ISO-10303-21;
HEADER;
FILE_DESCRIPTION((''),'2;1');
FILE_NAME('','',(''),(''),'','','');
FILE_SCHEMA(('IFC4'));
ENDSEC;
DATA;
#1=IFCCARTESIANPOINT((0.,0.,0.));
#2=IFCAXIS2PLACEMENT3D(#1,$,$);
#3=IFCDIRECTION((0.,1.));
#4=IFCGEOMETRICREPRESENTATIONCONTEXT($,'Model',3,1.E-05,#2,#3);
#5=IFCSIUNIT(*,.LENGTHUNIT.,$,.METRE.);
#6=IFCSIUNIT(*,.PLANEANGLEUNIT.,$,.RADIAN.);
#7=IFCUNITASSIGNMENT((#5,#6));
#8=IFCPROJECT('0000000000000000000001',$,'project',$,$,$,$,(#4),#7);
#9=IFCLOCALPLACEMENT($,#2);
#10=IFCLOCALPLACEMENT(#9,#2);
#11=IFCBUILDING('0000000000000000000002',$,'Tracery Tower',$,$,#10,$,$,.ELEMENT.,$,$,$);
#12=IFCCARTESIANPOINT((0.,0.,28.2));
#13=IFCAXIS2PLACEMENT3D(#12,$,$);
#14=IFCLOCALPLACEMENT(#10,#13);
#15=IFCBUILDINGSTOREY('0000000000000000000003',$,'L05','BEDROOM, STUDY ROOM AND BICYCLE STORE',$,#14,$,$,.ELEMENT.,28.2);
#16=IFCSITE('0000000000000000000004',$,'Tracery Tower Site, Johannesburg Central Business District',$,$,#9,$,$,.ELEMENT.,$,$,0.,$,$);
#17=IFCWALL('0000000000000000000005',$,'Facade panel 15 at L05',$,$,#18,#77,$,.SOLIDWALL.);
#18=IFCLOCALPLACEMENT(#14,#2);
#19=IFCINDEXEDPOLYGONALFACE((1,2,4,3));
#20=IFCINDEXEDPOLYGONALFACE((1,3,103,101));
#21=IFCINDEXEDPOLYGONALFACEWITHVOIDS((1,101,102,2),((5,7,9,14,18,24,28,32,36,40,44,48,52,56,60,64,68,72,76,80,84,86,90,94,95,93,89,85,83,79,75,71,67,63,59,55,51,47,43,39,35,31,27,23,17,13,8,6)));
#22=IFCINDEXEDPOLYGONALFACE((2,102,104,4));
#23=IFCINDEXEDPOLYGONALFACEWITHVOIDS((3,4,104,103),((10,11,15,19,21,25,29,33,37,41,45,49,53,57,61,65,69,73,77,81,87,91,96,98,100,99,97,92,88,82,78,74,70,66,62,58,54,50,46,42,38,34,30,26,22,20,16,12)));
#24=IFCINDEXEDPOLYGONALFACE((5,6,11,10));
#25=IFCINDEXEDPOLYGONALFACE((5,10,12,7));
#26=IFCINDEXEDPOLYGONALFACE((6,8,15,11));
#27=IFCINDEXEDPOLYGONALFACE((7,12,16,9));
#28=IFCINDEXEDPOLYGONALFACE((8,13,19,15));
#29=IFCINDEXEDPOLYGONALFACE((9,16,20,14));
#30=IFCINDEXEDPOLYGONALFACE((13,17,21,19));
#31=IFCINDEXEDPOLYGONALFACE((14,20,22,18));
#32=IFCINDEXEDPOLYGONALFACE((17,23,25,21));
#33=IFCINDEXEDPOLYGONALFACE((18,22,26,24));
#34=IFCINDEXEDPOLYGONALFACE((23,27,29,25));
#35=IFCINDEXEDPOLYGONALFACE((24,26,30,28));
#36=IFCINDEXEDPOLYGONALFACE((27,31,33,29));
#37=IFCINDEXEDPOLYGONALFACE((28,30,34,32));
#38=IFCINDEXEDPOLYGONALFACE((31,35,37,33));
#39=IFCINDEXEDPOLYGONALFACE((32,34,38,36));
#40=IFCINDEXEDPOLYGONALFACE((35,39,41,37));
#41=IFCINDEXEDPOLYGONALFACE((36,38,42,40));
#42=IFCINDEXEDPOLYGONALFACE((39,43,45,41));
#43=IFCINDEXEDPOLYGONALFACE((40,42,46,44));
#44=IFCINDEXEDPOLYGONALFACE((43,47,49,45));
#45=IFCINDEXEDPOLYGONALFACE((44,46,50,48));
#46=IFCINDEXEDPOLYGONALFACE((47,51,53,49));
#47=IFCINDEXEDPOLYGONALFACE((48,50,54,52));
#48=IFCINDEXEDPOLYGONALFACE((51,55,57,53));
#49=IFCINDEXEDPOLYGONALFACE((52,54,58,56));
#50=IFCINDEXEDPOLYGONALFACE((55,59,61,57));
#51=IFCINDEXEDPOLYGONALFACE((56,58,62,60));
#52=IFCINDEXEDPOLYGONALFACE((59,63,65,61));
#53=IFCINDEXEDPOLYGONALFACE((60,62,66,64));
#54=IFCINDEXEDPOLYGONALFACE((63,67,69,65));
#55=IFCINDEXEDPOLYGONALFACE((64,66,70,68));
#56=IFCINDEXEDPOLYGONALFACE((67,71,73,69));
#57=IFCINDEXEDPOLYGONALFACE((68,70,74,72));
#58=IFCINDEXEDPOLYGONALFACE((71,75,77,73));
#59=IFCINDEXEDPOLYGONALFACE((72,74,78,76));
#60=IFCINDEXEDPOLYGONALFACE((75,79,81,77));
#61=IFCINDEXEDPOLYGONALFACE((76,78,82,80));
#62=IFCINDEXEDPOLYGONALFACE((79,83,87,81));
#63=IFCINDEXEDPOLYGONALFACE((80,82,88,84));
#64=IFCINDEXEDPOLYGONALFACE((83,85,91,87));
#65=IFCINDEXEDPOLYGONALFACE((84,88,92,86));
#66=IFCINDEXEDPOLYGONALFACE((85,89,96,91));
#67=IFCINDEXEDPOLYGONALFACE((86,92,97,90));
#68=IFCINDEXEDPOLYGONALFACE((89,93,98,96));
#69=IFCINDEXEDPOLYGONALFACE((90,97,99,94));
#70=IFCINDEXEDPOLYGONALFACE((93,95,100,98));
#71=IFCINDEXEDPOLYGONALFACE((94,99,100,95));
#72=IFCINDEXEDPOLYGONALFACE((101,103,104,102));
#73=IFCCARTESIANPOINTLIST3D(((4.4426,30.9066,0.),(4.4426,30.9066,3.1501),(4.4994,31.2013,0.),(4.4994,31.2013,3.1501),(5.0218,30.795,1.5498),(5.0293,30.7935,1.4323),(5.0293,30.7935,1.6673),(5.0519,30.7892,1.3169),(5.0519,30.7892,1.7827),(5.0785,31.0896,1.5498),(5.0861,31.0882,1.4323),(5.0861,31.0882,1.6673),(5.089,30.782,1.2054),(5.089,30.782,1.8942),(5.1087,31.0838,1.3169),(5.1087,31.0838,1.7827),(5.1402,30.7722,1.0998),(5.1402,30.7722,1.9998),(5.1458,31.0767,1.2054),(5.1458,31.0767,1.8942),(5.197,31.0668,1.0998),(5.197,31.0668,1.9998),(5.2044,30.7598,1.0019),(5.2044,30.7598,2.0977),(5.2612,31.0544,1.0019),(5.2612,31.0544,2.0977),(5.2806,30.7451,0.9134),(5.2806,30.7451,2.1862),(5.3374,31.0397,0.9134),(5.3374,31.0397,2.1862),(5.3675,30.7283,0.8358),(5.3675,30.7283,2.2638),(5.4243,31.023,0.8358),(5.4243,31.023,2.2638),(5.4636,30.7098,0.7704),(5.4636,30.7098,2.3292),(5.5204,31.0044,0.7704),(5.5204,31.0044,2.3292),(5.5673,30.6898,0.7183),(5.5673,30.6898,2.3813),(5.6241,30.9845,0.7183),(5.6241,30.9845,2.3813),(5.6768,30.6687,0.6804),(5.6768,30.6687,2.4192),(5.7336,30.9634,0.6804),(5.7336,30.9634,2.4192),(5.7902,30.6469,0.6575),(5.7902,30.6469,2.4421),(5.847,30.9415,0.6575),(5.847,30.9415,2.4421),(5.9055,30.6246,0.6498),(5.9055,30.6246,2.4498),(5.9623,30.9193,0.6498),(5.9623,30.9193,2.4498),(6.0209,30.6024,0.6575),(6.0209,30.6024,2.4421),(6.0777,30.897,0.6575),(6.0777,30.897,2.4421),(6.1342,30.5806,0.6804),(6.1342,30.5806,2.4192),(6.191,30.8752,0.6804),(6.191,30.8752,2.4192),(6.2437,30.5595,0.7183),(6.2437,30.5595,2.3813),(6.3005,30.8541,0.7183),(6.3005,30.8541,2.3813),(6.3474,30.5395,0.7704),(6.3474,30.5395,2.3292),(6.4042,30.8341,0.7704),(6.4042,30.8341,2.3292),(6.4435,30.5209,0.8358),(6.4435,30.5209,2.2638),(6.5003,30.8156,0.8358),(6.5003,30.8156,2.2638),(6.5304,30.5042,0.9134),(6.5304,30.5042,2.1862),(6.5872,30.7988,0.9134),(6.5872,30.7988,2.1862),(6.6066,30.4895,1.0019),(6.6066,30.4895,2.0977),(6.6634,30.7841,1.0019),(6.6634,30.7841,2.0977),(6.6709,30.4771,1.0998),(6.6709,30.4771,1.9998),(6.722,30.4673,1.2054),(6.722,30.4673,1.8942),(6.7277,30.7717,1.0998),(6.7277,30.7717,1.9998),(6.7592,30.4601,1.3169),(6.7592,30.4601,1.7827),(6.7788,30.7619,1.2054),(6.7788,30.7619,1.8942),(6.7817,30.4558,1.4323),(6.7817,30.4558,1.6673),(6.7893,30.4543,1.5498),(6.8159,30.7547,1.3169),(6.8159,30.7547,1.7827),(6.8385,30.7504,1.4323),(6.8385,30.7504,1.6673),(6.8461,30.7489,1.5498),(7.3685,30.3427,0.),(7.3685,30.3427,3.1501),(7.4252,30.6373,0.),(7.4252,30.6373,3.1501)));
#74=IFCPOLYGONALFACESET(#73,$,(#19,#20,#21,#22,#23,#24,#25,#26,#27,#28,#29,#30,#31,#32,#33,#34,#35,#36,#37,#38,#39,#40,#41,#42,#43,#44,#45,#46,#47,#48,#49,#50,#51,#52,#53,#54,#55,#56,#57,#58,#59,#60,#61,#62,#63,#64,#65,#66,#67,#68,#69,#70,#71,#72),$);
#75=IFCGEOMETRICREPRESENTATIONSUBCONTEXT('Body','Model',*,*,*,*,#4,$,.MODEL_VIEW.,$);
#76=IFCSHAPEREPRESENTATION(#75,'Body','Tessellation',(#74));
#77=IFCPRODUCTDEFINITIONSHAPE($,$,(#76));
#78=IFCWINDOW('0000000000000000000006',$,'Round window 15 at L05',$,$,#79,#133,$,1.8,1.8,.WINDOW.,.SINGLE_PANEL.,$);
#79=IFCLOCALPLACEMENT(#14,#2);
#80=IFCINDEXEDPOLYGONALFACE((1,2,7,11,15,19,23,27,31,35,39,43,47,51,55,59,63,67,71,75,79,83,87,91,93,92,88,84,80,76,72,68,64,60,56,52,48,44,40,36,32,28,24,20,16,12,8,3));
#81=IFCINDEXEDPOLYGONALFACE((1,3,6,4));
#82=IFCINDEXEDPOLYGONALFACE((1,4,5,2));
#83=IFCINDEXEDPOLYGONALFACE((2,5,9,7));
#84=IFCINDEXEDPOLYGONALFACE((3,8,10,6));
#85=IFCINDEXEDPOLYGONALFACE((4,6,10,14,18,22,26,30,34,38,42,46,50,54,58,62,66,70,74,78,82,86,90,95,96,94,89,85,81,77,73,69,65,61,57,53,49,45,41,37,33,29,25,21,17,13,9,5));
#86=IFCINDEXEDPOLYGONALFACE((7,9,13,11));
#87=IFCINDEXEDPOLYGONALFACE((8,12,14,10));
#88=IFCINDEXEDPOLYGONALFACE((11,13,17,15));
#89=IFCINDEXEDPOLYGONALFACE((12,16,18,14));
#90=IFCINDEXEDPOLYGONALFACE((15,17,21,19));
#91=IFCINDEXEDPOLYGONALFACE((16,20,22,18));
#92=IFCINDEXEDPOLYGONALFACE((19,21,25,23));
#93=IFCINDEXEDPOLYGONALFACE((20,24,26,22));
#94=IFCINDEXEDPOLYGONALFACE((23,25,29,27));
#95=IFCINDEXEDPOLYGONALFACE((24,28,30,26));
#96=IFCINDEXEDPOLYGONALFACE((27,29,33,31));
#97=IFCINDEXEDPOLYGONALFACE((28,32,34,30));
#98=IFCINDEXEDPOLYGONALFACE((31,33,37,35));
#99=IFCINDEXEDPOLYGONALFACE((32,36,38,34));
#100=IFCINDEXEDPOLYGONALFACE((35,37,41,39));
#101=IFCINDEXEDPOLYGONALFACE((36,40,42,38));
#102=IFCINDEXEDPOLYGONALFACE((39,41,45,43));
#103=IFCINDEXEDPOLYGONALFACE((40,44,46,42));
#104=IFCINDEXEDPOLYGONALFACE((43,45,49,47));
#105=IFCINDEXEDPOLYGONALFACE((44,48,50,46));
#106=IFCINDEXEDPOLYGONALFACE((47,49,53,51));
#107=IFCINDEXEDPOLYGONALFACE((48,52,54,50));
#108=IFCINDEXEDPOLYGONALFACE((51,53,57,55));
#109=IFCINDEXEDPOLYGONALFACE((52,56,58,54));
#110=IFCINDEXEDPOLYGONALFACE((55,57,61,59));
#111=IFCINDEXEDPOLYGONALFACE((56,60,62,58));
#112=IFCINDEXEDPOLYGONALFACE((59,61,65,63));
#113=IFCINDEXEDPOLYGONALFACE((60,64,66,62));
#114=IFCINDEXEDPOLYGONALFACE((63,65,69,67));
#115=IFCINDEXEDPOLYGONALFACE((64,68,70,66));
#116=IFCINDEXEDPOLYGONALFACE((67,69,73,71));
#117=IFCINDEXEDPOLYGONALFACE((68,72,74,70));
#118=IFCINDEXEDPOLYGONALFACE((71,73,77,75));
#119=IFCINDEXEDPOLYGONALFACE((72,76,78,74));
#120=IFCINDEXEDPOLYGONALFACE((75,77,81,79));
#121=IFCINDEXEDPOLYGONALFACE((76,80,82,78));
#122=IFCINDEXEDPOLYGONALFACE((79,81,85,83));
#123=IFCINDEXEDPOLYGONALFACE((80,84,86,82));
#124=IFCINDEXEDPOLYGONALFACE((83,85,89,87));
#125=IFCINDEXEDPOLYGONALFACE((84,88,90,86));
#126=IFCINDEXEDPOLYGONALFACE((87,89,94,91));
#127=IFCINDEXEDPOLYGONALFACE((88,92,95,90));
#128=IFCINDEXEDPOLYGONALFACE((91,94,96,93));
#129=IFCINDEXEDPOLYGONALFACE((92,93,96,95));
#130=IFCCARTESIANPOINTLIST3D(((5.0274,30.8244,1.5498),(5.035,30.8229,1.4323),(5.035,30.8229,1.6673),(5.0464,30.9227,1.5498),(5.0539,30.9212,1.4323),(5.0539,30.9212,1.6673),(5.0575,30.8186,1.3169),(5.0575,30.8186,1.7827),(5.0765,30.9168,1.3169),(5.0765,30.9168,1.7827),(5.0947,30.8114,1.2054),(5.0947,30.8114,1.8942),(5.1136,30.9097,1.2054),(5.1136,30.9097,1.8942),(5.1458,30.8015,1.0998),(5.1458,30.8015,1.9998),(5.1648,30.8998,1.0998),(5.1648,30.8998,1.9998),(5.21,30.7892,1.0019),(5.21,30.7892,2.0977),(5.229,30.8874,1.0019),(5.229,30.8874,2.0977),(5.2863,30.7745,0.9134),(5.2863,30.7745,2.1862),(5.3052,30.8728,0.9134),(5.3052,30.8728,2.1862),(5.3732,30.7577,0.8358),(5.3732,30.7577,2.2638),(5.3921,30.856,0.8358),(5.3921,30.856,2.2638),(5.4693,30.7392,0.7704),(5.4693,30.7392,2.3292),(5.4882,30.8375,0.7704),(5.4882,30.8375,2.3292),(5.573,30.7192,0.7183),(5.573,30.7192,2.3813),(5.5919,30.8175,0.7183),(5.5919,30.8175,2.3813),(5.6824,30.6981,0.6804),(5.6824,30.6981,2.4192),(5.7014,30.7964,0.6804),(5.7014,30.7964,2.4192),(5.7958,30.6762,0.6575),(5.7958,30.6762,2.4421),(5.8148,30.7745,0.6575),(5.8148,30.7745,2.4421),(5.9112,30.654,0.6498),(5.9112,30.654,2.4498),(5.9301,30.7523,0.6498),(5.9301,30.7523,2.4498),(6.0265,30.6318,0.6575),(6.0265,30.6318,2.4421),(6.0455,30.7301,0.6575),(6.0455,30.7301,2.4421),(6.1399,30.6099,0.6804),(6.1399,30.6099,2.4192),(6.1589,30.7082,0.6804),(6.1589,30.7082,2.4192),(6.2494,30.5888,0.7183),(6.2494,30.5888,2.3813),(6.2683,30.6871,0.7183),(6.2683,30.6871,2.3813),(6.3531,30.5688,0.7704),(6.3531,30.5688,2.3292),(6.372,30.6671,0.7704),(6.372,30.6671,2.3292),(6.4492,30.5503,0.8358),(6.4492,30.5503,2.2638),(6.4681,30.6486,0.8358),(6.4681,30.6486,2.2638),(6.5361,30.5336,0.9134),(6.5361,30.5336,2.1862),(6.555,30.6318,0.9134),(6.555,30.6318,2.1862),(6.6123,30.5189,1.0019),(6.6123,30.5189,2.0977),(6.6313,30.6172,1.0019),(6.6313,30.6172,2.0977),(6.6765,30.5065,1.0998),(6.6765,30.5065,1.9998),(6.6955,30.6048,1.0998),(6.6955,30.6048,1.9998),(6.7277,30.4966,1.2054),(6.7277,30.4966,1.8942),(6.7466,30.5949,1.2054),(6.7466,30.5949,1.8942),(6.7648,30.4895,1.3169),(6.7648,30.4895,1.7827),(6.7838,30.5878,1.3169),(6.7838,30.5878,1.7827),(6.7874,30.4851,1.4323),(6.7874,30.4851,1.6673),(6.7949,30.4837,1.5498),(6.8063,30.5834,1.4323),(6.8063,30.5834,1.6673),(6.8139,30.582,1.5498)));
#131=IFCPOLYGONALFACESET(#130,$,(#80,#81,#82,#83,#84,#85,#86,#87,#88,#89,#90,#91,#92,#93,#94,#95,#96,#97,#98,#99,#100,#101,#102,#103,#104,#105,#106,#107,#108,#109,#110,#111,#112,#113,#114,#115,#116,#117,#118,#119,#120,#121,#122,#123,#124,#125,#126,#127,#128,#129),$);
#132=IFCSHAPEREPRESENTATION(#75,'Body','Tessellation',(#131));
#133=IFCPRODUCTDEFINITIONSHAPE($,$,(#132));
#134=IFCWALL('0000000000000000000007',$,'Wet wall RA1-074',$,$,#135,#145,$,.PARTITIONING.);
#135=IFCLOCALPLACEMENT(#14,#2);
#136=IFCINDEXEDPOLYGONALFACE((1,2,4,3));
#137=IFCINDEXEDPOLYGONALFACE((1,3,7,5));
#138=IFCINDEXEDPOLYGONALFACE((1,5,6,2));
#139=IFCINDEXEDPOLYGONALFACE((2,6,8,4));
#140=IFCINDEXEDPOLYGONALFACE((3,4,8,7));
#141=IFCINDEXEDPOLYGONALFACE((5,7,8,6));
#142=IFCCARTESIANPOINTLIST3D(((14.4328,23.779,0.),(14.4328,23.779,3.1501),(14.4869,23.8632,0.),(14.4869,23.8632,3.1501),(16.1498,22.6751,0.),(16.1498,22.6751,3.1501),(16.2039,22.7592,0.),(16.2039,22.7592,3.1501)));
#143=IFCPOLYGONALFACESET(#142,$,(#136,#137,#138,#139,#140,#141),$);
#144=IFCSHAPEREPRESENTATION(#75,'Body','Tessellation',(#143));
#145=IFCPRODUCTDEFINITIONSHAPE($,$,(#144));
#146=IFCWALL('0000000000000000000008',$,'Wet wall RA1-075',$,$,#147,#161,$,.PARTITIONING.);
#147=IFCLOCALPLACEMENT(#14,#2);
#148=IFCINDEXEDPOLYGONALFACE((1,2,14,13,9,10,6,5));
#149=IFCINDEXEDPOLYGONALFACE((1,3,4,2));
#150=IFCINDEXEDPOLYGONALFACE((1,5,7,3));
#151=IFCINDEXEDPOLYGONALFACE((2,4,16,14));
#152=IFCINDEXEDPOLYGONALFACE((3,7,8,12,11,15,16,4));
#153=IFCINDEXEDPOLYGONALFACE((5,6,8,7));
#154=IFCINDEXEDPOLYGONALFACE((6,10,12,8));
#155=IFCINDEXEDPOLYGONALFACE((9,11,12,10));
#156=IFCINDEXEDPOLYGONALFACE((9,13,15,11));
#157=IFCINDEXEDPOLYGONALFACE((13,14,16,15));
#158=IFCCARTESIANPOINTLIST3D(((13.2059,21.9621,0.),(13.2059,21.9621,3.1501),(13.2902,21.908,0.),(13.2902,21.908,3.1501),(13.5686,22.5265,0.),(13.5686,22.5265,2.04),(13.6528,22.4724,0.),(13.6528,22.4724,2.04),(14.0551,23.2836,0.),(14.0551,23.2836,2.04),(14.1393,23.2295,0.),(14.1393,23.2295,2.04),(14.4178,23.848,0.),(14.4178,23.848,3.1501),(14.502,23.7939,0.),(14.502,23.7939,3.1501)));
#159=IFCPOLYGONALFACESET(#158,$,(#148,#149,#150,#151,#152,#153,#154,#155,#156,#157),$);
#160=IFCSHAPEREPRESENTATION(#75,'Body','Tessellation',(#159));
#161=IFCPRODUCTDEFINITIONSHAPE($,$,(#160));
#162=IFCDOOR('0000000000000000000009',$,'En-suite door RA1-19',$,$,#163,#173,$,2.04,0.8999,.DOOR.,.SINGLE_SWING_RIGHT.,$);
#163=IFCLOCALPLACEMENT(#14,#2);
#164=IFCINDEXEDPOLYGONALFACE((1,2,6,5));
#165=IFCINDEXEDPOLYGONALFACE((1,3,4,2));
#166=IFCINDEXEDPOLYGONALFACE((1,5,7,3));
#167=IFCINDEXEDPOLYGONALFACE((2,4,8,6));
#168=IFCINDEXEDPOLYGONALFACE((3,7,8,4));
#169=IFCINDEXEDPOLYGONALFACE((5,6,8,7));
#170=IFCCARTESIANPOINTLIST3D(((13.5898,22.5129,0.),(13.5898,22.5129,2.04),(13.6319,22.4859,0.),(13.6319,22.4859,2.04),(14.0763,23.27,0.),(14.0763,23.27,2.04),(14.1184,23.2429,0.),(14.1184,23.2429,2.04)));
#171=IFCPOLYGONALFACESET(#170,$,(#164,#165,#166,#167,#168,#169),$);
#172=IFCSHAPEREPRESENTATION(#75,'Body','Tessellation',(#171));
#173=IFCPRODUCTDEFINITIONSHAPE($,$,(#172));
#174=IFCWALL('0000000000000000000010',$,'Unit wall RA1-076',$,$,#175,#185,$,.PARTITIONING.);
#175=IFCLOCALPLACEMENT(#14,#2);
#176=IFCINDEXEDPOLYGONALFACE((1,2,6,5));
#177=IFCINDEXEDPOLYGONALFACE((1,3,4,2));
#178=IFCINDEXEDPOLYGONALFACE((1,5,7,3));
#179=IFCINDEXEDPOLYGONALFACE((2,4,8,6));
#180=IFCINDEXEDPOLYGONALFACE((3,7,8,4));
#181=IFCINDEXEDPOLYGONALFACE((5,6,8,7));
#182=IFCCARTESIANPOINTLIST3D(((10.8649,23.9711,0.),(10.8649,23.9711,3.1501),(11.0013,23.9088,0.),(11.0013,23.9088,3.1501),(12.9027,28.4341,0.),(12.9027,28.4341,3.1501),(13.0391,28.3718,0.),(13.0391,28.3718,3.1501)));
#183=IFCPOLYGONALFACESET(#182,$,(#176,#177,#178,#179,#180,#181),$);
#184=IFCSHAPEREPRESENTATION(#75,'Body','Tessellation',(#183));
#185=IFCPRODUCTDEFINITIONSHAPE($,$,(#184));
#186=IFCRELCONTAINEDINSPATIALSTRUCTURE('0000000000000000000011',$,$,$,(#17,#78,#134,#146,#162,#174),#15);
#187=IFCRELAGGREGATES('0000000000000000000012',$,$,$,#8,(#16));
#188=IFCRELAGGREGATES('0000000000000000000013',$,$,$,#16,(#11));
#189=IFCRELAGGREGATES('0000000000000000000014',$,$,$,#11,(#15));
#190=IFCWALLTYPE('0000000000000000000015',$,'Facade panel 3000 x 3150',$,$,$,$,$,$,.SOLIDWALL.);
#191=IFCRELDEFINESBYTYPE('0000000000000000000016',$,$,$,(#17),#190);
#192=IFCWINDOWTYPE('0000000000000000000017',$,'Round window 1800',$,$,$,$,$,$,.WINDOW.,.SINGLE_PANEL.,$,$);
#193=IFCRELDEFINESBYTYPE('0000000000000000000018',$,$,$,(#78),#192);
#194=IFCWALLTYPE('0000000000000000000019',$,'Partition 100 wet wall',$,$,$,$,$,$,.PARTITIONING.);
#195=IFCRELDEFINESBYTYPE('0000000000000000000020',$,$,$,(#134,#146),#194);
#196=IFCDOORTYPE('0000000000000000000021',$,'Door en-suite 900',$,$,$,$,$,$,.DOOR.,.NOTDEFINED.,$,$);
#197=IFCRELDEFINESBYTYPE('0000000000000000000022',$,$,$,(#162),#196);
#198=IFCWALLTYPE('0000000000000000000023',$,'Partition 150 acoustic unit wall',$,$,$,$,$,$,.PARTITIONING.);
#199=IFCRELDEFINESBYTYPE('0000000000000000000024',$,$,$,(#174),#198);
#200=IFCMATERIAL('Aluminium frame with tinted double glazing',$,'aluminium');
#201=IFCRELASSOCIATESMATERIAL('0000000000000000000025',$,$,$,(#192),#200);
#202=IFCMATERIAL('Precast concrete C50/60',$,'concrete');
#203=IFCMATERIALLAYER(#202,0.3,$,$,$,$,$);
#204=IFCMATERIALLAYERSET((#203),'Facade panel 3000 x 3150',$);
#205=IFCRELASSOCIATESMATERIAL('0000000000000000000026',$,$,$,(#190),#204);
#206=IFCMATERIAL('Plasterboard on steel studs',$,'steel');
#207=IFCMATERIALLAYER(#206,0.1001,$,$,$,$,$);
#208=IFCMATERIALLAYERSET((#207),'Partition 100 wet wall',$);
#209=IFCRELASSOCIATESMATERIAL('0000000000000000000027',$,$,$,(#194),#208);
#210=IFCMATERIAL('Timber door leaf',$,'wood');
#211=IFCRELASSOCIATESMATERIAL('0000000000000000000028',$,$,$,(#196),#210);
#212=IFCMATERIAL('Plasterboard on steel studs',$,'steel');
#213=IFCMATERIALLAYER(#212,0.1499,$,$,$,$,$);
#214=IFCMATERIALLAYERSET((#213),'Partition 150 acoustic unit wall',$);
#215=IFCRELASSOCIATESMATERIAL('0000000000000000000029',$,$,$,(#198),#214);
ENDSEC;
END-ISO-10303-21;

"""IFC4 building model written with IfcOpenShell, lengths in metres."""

from ifc_helpers import new_model, si_unit, direction, frame, frame_2d, origin, origin_2d, place, context, subcontext, project, spatial, rectangle, circle, extrude, material, layer, layer_set, type_object, element, fill, save


model = new_model("IFC4")

# Units and contexts
model_context = context("Model", 3, precision=1e-05, world=origin(), true_north=direction((0.0, 1.0)))
body_context = subcontext(model_context, "Body", "Model", "MODEL_VIEW")
ifc_project = project(units=[si_unit("LENGTHUNIT", "METRE"), si_unit("PLANEANGLEUNIT", "RADIAN")], contexts=[model_context])

# Site, building, storey
site_placement = place(None, origin())
site = spatial("IfcSite", under=ifc_project, at=site_placement, Name="Tracery Tower Site, Johannesburg Central Business District", CompositionType="ELEMENT", RefElevation=0.0)
building_placement = place(site_placement, origin())
building = spatial("IfcBuilding", under=site, at=building_placement, Name="Tracery Tower", CompositionType="ELEMENT")
storey_placement = place(building_placement, frame((0.0, 0.0, 28.2)))
storey = spatial("IfcBuildingStorey", under=building, at=storey_placement, Name="L05", Description="BEDROOM, STUDY ROOM AND BICYCLE STORE", CompositionType="ELEMENT", Elevation=28.2)

# Wall, opening, window
ifc_material_1 = material(Name="Aluminium frame with tinted double glazing", Category="aluminium")
window_type = type_object("IfcWindowType", Name="Round window 1800", PartitioningType="SINGLE_PANEL", PredefinedType="WINDOW", material=ifc_material_1)
ifc_material_2 = material(Name="Precast concrete C50/60", Category="concrete")
ifc_layer_1 = layer(ifc_material_2, 0.3)
ifc_layer_set_1 = layer_set([ifc_layer_1], Name="Facade panel 3000 x 3150")
wall_type_1 = type_object("IfcWallType", Name="Facade panel 3000 x 3150", PredefinedType="SOLIDWALL", material=ifc_layer_set_1)
wall_1_placement = place(storey_placement, frame((7.3967, 30.49, 0.0), z_axis=(0.0, 0.0, 1.0), x_axis=(-0.981925, 0.189273, 0.0)))
wall_1 = element("IfcWall", 1, at=wall_1_placement, inside=storey, type_object=wall_type_1, Name="Facade panel 15 at L05", PredefinedType="SOLIDWALL", context=body_context, shape_type="SweptSolid", body=[
    extrude(rectangle(XDim=2.9797, YDim=0.3, at=frame_2d((1.4897, 0.0))), origin(), (0.0, 0.0, 1.0), 3.1501),
])
opening_1_placement = place(wall_1_placement, frame((1.4897, 0.0, 1.5498)))
opening_1 = element("IfcOpeningElement", 2, at=opening_1_placement, cuts=wall_1, PredefinedType="OPENING", context=body_context, shape_type="SweptSolid", body=[
    extrude(circle(Radius=0.9, at=origin_2d()), frame((0.0, 0.1599, 0.0), z_axis=(0.0, -1.0, 0.0), x_axis=(1.0, 0.0, 0.0)), (0.0, 0.0, 1.0), 0.3201),
])
window_1_placement = place(opening_1_placement, origin())
window_1 = element("IfcWindow", 3, at=window_1_placement, inside=storey, type_object=window_type, Name="Round window 15 at L05", OverallHeight=1.8, OverallWidth=1.8, PartitioningType="SINGLE_PANEL", PredefinedType="WINDOW", context=body_context, shape_type="SweptSolid", body=[
    extrude(circle(Radius=0.9, at=origin_2d()), frame((0.0, 0.1201, 0.0), z_axis=(0.0, -1.0, 0.0), x_axis=(1.0, 0.0, 0.0)), (0.0, 0.0, 1.0), 0.1001),
])
fill(opening_1, window_1)

# Wall
ifc_material_3 = material(Name="Plasterboard on steel studs", Category="steel")
ifc_layer_2 = layer(ifc_material_3, 0.1001)
ifc_layer_set_2 = layer_set([ifc_layer_2], Name="Partition 100 wet wall")
wall_type_2 = type_object("IfcWallType", Name="Partition 100 wet wall", PredefinedType="PARTITIONING", material=ifc_layer_set_2)
wall_2_placement = place(storey_placement, frame((14.46, 23.821, 0.0), z_axis=(0.0, 0.0, 1.0), x_axis=(0.841136, -0.540824, 0.0)))
element("IfcWall", 4, at=wall_2_placement, inside=storey, type_object=wall_type_2, Name="Wet wall RA1-074", PredefinedType="PARTITIONING", context=body_context, shape_type="SweptSolid", body=[
    extrude(rectangle(XDim=2.0413, YDim=0.1001, at=frame_2d((1.0205, 0.0))), origin(), (0.0, 0.0, 1.0), 3.1501),
])

# Wall, opening, door
wall_3_placement = place(storey_placement, frame((13.248, 21.9351, 0.0), z_axis=(0.0, 0.0, 1.0), x_axis=(0.540598, 0.841281, 0.0)))
wall_3 = element("IfcWall", 5, at=wall_3_placement, inside=storey, type_object=wall_type_2, Name="Wet wall RA1-075", PredefinedType="PARTITIONING", context=body_context, shape_type="SweptSolid", body=[
    extrude(rectangle(XDim=2.2417, YDim=0.1001, at=frame_2d((1.1208, 0.0))), origin(), (0.0, 0.0, 1.0), 3.1501),
])
opening_2_placement = place(wall_3_placement, frame((0.6709, 0.0, 0.0)))
opening_2 = element("IfcOpeningElement", 6, at=opening_2_placement, cuts=wall_3, PredefinedType="OPENING", context=body_context, shape_type="SweptSolid", body=[
    extrude(rectangle(XDim=0.8999, YDim=2.04, at=frame_2d((0.45, 1.02))), frame((0.0, 0.05, 0.0), z_axis=(0.0, -1.0, 0.0), x_axis=(1.0, 0.0, 0.0)), (0.0, 0.0, 1.0), 0.1001),
])
ifc_material_4 = material(Name="Timber door leaf", Category="wood")
door_type_1 = type_object("IfcDoorType", Name="Door en-suite 900", OperationType="NOTDEFINED", PredefinedType="DOOR", material=ifc_material_4)
door_1_placement = place(opening_2_placement, origin())
door_1 = element("IfcDoor", 7, at=door_1_placement, inside=storey, type_object=door_type_1, Name="En-suite door RA1-19", OperationType="SINGLE_SWING_RIGHT", OverallHeight=2.04, OverallWidth=0.8999, PredefinedType="DOOR", context=body_context, shape_type="SweptSolid", body=[
    extrude(rectangle(XDim=0.8999, YDim=2.04, at=frame_2d((0.45, 1.02))), frame((0.0, 0.0249, 0.0), z_axis=(0.0, -1.0, 0.0), x_axis=(1.0, 0.0, 0.0)), (0.0, 0.0, 1.0), 0.05),
])
fill(opening_2, door_1)

# Wall
ifc_material_5 = material(Name="Plasterboard on steel studs", Category="steel")
ifc_layer_3 = layer(ifc_material_5, 0.1499)
ifc_layer_set_3 = layer_set([ifc_layer_3], Name="Partition 150 acoustic unit wall")
wall_type_3 = type_object("IfcWallType", Name="Partition 150 acoustic unit wall", PredefinedType="PARTITIONING", material=ifc_layer_set_3)
wall_4_placement = place(storey_placement, frame((10.9331, 23.9399, 0.0), z_axis=(0.0, 0.0, 1.0), x_axis=(0.415347, 0.909663, 0.0)))
element("IfcWall", 8, at=wall_4_placement, inside=storey, type_object=wall_type_3, Name="Unit wall RA1-076", PredefinedType="PARTITIONING", context=body_context, shape_type="SweptSolid", body=[
    extrude(rectangle(XDim=4.9062, YDim=0.1499, at=frame_2d((2.4531, 0.0))), origin(), (0.0, 0.0, 1.0), 3.1501),
])

save(model, "model.ifc")
